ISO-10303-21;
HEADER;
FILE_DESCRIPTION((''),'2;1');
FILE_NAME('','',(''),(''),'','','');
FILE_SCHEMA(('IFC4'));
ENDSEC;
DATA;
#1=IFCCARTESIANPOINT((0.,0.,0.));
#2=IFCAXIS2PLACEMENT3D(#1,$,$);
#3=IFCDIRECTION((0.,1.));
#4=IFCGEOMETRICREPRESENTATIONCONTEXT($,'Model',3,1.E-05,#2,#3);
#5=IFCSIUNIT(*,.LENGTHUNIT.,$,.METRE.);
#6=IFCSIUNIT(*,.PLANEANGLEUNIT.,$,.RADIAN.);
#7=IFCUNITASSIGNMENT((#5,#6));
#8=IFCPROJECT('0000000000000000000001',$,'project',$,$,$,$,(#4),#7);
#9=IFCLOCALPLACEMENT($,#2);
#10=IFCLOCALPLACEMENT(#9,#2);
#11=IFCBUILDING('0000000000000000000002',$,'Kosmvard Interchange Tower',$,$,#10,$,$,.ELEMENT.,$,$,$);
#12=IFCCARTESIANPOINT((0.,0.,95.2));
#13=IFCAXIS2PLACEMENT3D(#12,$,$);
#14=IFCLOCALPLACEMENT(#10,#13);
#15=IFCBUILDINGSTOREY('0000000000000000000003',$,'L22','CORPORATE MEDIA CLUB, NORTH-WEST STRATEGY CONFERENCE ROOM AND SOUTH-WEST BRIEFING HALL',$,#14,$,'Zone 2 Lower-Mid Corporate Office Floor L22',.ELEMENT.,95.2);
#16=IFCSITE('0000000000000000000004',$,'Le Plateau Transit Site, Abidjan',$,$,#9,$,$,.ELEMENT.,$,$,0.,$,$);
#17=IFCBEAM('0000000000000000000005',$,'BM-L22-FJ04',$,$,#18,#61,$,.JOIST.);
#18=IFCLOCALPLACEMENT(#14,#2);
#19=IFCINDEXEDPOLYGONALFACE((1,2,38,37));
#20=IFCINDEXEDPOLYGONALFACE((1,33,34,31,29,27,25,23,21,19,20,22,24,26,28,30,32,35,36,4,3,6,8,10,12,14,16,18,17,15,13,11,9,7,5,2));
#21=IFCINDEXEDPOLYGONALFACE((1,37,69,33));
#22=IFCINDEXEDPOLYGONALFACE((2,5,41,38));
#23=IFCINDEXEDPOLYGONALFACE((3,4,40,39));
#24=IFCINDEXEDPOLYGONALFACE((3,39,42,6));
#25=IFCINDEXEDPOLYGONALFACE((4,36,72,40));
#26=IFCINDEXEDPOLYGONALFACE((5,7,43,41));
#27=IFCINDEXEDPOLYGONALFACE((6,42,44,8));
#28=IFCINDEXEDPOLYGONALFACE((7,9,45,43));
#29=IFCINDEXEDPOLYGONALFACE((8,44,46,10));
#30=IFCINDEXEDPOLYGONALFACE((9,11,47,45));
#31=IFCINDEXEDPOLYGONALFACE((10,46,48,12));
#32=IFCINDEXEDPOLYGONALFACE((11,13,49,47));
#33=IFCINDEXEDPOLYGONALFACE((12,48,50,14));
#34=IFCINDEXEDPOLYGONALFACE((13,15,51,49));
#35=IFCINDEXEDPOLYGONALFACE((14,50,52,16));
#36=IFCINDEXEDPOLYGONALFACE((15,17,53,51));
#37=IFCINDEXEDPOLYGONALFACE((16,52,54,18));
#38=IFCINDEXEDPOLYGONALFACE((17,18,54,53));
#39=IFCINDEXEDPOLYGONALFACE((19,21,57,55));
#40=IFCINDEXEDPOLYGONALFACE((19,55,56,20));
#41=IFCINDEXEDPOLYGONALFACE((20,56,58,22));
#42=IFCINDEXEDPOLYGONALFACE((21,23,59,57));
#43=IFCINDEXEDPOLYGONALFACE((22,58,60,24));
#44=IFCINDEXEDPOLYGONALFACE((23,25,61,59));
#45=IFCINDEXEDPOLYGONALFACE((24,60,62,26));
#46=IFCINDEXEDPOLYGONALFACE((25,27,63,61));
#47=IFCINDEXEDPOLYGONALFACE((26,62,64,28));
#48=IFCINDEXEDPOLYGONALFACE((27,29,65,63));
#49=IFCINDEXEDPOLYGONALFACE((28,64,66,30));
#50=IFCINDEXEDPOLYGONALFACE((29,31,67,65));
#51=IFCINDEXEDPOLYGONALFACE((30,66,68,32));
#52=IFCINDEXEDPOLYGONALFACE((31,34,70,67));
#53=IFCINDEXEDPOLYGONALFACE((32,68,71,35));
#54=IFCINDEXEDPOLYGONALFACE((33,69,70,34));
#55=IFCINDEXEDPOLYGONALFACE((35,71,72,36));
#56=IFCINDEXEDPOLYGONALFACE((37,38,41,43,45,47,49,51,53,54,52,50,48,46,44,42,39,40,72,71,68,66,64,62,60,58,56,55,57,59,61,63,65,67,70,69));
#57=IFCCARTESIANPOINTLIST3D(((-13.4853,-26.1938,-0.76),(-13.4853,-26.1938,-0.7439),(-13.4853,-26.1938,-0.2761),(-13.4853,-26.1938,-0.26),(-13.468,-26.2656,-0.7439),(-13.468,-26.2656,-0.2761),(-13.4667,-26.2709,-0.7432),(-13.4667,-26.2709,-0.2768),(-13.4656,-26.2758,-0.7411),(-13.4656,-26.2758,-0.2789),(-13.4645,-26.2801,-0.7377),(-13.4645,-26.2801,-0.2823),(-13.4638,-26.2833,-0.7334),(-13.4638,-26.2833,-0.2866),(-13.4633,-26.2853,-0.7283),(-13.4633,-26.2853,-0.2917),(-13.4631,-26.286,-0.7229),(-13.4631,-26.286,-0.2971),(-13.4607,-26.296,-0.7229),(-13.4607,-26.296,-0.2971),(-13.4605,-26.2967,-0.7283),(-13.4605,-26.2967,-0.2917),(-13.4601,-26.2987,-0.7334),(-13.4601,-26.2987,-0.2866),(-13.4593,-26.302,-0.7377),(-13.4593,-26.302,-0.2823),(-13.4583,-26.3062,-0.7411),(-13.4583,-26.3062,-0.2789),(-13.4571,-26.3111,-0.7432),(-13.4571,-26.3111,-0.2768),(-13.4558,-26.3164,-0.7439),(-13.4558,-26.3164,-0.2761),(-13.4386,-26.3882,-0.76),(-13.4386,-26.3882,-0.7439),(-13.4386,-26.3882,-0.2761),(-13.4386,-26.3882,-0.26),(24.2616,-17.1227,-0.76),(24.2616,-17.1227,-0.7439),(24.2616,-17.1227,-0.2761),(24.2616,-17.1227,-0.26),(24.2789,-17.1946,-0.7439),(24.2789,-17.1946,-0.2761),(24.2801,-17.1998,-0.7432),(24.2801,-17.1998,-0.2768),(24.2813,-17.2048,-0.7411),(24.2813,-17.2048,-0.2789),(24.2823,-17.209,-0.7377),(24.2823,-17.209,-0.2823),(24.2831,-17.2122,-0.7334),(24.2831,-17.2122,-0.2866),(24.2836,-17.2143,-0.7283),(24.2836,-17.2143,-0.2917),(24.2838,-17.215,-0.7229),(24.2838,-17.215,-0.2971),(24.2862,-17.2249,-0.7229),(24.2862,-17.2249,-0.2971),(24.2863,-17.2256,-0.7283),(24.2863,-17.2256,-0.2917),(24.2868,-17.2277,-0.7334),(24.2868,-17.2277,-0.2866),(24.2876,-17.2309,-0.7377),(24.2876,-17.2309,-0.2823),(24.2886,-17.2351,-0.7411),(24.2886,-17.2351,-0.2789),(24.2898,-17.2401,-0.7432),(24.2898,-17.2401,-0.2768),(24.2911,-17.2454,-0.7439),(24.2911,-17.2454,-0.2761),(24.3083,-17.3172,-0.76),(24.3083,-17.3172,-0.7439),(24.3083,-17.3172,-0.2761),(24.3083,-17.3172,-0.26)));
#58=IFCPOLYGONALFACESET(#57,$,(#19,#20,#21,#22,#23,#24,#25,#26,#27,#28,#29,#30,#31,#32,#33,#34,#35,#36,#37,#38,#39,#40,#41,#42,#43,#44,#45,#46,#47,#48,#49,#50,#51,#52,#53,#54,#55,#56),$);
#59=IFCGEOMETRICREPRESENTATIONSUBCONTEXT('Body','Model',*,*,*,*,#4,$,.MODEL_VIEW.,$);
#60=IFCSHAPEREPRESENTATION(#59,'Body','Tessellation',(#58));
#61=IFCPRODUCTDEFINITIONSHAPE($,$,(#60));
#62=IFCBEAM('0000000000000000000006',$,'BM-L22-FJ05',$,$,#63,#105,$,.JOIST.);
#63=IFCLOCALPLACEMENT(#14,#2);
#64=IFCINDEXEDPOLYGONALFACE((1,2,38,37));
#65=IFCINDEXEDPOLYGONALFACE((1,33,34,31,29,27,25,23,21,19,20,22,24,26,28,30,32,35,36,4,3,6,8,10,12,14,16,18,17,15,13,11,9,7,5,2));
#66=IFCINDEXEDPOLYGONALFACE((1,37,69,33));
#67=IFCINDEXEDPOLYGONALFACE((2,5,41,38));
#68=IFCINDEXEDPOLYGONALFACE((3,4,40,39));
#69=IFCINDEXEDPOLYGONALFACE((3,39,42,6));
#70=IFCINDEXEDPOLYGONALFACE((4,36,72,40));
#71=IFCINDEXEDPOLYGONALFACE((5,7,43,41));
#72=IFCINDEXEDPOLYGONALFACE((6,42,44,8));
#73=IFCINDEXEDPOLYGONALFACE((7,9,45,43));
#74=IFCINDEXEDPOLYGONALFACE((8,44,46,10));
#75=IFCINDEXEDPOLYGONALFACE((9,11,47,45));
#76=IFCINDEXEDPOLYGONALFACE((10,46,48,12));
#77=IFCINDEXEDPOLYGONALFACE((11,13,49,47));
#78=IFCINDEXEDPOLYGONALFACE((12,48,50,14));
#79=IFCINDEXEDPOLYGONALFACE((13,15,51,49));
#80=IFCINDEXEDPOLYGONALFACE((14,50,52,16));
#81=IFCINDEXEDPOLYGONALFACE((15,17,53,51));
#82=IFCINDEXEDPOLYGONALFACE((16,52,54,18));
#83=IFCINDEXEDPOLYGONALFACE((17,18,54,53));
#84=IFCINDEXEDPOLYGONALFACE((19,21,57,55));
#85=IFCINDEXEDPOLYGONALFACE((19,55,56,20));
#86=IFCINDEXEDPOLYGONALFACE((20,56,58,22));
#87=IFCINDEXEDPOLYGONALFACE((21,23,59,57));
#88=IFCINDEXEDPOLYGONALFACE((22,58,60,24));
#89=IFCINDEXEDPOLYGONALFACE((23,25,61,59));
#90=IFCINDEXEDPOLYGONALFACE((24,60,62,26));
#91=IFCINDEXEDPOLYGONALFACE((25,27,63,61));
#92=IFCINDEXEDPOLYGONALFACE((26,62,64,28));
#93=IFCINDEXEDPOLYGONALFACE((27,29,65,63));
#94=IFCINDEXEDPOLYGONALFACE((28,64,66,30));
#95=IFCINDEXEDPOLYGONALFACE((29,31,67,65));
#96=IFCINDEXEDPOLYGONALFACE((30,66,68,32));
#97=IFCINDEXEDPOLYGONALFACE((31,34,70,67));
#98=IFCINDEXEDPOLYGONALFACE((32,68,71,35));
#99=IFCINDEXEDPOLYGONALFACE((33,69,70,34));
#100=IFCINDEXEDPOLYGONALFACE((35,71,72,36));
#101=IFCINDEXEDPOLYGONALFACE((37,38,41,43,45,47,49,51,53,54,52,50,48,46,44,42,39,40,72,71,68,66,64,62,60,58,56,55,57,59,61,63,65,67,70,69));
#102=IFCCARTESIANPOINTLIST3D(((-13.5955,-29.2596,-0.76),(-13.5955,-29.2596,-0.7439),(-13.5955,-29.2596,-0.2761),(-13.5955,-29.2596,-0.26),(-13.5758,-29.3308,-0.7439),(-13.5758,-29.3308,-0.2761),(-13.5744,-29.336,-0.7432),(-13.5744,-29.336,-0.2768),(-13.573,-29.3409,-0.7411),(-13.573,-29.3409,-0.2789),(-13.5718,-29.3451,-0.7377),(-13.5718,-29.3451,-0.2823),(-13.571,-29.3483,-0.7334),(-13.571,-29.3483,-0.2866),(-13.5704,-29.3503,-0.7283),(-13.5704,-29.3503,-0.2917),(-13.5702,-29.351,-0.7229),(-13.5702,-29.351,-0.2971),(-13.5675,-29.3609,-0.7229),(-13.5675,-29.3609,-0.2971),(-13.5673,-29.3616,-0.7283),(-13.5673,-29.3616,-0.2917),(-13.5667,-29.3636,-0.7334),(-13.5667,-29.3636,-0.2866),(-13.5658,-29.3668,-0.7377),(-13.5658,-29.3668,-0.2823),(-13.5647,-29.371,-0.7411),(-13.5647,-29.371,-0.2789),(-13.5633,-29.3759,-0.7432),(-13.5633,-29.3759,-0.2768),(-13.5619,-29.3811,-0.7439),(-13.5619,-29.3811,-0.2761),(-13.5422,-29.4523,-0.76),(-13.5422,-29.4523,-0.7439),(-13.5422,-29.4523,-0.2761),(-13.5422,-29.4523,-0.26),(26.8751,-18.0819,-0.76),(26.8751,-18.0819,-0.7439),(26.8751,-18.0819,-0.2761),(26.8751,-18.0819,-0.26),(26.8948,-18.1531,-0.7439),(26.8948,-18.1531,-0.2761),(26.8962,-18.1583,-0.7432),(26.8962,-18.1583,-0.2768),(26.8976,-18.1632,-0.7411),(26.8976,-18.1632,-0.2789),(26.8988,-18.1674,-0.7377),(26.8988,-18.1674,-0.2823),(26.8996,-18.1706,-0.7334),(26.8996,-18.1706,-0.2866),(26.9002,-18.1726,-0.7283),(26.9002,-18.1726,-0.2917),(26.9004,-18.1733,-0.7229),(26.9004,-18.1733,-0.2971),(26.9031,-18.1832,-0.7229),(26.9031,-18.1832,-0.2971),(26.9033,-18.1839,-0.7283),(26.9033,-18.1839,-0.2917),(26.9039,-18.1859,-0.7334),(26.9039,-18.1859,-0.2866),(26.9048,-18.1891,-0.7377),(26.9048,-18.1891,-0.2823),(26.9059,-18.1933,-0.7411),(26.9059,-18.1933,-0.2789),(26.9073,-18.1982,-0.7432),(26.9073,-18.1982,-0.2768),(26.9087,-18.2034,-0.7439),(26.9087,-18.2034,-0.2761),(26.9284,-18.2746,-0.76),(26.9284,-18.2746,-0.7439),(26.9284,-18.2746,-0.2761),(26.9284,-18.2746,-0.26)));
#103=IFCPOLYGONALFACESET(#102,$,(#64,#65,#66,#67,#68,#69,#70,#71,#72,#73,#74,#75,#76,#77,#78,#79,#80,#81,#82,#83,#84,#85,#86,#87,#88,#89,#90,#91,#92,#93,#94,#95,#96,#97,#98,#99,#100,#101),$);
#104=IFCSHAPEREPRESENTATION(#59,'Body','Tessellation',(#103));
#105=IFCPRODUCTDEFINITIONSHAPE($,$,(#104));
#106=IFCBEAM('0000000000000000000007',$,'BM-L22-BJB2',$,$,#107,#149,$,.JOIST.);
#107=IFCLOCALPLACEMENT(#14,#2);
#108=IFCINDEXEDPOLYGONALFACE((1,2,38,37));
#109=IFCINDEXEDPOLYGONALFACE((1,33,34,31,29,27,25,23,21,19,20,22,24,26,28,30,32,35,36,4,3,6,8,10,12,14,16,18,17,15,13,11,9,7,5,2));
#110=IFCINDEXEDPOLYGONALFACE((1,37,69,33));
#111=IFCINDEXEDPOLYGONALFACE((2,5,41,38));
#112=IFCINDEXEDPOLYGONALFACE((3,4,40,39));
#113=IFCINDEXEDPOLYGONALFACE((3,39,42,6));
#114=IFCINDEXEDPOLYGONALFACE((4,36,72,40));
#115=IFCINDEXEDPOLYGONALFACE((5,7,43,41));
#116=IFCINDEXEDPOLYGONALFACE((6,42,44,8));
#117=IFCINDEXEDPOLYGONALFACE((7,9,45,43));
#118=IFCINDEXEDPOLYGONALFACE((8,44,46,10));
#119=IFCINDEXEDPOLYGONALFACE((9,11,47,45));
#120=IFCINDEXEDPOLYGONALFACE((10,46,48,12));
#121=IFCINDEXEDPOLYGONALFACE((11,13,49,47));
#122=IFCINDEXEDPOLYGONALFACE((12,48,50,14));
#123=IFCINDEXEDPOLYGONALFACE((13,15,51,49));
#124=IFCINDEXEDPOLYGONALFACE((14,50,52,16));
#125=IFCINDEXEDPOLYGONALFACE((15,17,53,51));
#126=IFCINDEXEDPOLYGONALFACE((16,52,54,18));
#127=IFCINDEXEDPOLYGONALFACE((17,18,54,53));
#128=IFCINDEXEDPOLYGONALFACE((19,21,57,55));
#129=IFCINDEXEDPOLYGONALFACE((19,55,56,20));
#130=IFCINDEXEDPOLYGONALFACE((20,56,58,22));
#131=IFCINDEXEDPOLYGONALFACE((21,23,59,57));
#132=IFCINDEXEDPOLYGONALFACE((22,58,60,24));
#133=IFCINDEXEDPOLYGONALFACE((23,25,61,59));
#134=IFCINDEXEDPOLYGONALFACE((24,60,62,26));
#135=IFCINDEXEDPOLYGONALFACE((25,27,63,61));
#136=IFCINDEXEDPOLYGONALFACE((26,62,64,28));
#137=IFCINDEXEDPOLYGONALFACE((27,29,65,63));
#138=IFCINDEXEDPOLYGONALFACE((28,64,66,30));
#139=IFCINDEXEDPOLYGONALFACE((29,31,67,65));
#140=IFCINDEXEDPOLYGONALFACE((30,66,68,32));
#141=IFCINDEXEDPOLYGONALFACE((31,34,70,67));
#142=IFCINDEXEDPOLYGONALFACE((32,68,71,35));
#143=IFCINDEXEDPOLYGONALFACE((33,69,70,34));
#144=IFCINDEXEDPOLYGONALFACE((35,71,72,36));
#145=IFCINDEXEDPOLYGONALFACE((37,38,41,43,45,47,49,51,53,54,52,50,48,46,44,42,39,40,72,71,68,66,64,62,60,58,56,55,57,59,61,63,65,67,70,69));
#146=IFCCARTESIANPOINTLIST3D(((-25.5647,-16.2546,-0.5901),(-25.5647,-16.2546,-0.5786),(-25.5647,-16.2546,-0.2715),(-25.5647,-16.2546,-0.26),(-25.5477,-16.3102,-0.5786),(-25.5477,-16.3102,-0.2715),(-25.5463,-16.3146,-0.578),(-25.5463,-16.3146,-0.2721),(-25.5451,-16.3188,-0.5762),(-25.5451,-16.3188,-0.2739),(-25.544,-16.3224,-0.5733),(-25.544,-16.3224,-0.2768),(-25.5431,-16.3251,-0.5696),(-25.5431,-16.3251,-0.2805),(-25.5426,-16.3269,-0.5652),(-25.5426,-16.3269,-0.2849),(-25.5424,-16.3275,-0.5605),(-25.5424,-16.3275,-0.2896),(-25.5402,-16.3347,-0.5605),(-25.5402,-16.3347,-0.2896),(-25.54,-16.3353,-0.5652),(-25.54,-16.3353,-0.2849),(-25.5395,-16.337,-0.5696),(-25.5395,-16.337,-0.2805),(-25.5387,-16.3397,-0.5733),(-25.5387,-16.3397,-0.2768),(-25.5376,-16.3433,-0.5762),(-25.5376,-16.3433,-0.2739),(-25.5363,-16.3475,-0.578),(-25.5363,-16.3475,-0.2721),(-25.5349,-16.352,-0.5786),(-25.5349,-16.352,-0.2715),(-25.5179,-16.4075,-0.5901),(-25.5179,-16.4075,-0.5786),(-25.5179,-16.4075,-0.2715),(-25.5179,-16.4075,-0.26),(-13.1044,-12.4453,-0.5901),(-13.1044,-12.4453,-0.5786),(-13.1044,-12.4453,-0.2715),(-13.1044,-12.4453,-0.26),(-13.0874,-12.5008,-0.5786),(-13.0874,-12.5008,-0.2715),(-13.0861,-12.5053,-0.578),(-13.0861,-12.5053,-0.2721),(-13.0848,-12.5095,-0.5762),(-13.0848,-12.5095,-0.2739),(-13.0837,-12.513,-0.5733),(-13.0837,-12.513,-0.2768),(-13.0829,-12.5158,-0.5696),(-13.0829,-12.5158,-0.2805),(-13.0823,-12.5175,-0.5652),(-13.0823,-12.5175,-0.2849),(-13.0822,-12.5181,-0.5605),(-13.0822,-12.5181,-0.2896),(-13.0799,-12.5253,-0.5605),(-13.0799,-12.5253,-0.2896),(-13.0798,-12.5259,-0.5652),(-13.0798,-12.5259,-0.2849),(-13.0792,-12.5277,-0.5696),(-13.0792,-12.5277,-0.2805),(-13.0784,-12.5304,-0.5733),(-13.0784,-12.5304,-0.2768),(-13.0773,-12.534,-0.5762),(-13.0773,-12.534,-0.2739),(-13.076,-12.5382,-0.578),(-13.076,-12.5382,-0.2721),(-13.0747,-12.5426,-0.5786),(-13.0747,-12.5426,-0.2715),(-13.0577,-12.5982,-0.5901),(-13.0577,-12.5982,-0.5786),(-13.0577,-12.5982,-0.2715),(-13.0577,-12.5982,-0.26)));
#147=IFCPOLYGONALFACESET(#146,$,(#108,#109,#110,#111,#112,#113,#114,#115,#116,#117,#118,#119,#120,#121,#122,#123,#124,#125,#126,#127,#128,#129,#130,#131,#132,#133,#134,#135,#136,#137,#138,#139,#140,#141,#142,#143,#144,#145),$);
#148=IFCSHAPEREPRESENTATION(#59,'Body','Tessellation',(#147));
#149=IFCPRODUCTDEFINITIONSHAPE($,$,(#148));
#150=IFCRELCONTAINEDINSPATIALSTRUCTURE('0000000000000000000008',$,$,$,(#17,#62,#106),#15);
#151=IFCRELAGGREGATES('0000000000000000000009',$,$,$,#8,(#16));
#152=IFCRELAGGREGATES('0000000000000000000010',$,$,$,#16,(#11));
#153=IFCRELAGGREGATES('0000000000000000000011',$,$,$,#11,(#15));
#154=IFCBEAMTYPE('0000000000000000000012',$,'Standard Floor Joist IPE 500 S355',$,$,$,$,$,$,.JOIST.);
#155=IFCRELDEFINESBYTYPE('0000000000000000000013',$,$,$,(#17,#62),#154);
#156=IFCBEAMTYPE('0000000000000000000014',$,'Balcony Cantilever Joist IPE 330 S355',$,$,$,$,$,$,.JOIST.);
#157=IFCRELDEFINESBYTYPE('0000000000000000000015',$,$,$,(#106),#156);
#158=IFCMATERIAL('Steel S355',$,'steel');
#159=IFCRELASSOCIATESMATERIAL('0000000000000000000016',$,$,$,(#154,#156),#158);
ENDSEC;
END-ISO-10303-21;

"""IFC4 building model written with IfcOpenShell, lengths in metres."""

from ifc_helpers import new_model, si_unit, direction, frame, origin, origin_2d, place, context, subcontext, project, spatial, i_section, extrude, source, transform, mapped, material, material_profile, profile_set, type_object, element, save


model = new_model("IFC4")

# Units and contexts
model_context = context("Model", 3, precision=1e-05, world=origin(), true_north=direction((0.0, 1.0)))
body_context = subcontext(model_context, "Body", "Model", "MODEL_VIEW")
ifc_project = project(units=[si_unit("LENGTHUNIT", "METRE"), si_unit("PLANEANGLEUNIT", "RADIAN")], contexts=[model_context])

# Site, building, storey
site_placement = place(None, origin())
site = spatial("IfcSite", under=ifc_project, at=site_placement, Name="Le Plateau Transit Site, Abidjan", CompositionType="ELEMENT", RefElevation=0.0)
building_placement = place(site_placement, origin())
building = spatial("IfcBuilding", under=site, at=building_placement, Name="Kosmvard Interchange Tower", CompositionType="ELEMENT")
storey_placement = place(building_placement, frame((0.0, 0.0, 95.2)))
storey = spatial("IfcBuildingStorey", under=building, at=storey_placement, Name="L22", Description="CORPORATE MEDIA CLUB, NORTH-WEST STRATEGY CONFERENCE ROOM AND SOUTH-WEST BRIEFING HALL", LongName="Zone 2 Lower-Mid Corporate Office Floor L22", CompositionType="ELEMENT", Elevation=95.2)

# Beams
ifc_material_1 = material(Name="Steel S355", Category="steel")
ifc_material_profile_1 = material_profile(ifc_material_1, i_section(OverallWidth=0.2, OverallDepth=0.5, WebThickness=0.0103, FlangeThickness=0.0161, FilletRadius=0.021, at=origin_2d()), Name="IPE 500")
ifc_profile_set_1 = profile_set([ifc_material_profile_1], Name="Steel S355")
beam_type_1 = type_object("IfcBeamType", Name="Standard Floor Joist IPE 500 S355", PredefinedType="JOIST", material=ifc_profile_set_1)
shared_shape_1 = source(origin(), body_context, "Body", "SweptSolid", [
    extrude(i_section(OverallWidth=0.2, OverallDepth=0.5, WebThickness=0.0103, FlangeThickness=0.0161, FilletRadius=0.021, at=origin_2d()), origin(), (0.0, 0.0, 1.0), 38.8215),
])
beam_1_placement = place(storey_placement, frame((-13.4619, -26.291, -0.51), z_axis=(0.972318, 0.233661, 0.0), x_axis=(-0.233661, 0.972318, 0.0)))
element("IfcBeam", 1, at=beam_1_placement, inside=storey, type_object=beam_type_1, Name="BM-L22-FJ04", PredefinedType="JOIST", context=body_context, shape_type="MappedRepresentation", body=[
    mapped(shared_shape_1, transform((0.0, 0.0, 0.0), scale=1.0)),
])
shared_shape_2 = source(origin(), body_context, "Body", "SweptSolid", [
    extrude(i_section(OverallWidth=0.2, OverallDepth=0.5, WebThickness=0.0103, FlangeThickness=0.0161, FilletRadius=0.021, at=origin_2d()), origin(), (0.0, 0.0, 1.0), 41.9858),
])
beam_2_placement = place(storey_placement, frame((-13.5688, -29.356, -0.51), z_axis=(0.963911, 0.266226, 0.0), x_axis=(-0.266226, 0.963911, 0.0)))
element("IfcBeam", 2, at=beam_2_placement, inside=storey, type_object=beam_type_1, Name="BM-L22-FJ05", PredefinedType="JOIST", context=body_context, shape_type="MappedRepresentation", body=[
    mapped(shared_shape_2, transform((0.0, 0.0, 0.0), scale=1.0)),
])
ifc_material_profile_2 = material_profile(ifc_material_1, i_section(OverallWidth=0.1599, OverallDepth=0.3301, WebThickness=0.0076, FlangeThickness=0.0115, FilletRadius=0.0181, at=origin_2d()), Name="IPE 330")
ifc_profile_set_2 = profile_set([ifc_material_profile_2], Name="Steel S355")
beam_type_2 = type_object("IfcBeamType", Name="Balcony Cantilever Joist IPE 330 S355", PredefinedType="JOIST", material=ifc_profile_set_2)
shared_shape_3 = source(origin(), body_context, "Body", "SweptSolid", [
    extrude(i_section(OverallWidth=0.1599, OverallDepth=0.3301, WebThickness=0.0076, FlangeThickness=0.0115, FilletRadius=0.0181, at=origin_2d()), origin(), (0.0, 0.0, 1.0), 13.0295),
])
beam_3_placement = place(storey_placement, frame((-13.0811, -12.5217, -0.425), z_axis=(-0.956308, -0.292362, 0.0), x_axis=(0.292362, -0.956308, 0.0)))
element("IfcBeam", 3, at=beam_3_placement, inside=storey, type_object=beam_type_2, Name="BM-L22-BJB2", PredefinedType="JOIST", context=body_context, shape_type="MappedRepresentation", body=[
    mapped(shared_shape_3, transform((0.0, 0.0, 0.0), scale=1.0)),
])

save(model, "model.ifc")
